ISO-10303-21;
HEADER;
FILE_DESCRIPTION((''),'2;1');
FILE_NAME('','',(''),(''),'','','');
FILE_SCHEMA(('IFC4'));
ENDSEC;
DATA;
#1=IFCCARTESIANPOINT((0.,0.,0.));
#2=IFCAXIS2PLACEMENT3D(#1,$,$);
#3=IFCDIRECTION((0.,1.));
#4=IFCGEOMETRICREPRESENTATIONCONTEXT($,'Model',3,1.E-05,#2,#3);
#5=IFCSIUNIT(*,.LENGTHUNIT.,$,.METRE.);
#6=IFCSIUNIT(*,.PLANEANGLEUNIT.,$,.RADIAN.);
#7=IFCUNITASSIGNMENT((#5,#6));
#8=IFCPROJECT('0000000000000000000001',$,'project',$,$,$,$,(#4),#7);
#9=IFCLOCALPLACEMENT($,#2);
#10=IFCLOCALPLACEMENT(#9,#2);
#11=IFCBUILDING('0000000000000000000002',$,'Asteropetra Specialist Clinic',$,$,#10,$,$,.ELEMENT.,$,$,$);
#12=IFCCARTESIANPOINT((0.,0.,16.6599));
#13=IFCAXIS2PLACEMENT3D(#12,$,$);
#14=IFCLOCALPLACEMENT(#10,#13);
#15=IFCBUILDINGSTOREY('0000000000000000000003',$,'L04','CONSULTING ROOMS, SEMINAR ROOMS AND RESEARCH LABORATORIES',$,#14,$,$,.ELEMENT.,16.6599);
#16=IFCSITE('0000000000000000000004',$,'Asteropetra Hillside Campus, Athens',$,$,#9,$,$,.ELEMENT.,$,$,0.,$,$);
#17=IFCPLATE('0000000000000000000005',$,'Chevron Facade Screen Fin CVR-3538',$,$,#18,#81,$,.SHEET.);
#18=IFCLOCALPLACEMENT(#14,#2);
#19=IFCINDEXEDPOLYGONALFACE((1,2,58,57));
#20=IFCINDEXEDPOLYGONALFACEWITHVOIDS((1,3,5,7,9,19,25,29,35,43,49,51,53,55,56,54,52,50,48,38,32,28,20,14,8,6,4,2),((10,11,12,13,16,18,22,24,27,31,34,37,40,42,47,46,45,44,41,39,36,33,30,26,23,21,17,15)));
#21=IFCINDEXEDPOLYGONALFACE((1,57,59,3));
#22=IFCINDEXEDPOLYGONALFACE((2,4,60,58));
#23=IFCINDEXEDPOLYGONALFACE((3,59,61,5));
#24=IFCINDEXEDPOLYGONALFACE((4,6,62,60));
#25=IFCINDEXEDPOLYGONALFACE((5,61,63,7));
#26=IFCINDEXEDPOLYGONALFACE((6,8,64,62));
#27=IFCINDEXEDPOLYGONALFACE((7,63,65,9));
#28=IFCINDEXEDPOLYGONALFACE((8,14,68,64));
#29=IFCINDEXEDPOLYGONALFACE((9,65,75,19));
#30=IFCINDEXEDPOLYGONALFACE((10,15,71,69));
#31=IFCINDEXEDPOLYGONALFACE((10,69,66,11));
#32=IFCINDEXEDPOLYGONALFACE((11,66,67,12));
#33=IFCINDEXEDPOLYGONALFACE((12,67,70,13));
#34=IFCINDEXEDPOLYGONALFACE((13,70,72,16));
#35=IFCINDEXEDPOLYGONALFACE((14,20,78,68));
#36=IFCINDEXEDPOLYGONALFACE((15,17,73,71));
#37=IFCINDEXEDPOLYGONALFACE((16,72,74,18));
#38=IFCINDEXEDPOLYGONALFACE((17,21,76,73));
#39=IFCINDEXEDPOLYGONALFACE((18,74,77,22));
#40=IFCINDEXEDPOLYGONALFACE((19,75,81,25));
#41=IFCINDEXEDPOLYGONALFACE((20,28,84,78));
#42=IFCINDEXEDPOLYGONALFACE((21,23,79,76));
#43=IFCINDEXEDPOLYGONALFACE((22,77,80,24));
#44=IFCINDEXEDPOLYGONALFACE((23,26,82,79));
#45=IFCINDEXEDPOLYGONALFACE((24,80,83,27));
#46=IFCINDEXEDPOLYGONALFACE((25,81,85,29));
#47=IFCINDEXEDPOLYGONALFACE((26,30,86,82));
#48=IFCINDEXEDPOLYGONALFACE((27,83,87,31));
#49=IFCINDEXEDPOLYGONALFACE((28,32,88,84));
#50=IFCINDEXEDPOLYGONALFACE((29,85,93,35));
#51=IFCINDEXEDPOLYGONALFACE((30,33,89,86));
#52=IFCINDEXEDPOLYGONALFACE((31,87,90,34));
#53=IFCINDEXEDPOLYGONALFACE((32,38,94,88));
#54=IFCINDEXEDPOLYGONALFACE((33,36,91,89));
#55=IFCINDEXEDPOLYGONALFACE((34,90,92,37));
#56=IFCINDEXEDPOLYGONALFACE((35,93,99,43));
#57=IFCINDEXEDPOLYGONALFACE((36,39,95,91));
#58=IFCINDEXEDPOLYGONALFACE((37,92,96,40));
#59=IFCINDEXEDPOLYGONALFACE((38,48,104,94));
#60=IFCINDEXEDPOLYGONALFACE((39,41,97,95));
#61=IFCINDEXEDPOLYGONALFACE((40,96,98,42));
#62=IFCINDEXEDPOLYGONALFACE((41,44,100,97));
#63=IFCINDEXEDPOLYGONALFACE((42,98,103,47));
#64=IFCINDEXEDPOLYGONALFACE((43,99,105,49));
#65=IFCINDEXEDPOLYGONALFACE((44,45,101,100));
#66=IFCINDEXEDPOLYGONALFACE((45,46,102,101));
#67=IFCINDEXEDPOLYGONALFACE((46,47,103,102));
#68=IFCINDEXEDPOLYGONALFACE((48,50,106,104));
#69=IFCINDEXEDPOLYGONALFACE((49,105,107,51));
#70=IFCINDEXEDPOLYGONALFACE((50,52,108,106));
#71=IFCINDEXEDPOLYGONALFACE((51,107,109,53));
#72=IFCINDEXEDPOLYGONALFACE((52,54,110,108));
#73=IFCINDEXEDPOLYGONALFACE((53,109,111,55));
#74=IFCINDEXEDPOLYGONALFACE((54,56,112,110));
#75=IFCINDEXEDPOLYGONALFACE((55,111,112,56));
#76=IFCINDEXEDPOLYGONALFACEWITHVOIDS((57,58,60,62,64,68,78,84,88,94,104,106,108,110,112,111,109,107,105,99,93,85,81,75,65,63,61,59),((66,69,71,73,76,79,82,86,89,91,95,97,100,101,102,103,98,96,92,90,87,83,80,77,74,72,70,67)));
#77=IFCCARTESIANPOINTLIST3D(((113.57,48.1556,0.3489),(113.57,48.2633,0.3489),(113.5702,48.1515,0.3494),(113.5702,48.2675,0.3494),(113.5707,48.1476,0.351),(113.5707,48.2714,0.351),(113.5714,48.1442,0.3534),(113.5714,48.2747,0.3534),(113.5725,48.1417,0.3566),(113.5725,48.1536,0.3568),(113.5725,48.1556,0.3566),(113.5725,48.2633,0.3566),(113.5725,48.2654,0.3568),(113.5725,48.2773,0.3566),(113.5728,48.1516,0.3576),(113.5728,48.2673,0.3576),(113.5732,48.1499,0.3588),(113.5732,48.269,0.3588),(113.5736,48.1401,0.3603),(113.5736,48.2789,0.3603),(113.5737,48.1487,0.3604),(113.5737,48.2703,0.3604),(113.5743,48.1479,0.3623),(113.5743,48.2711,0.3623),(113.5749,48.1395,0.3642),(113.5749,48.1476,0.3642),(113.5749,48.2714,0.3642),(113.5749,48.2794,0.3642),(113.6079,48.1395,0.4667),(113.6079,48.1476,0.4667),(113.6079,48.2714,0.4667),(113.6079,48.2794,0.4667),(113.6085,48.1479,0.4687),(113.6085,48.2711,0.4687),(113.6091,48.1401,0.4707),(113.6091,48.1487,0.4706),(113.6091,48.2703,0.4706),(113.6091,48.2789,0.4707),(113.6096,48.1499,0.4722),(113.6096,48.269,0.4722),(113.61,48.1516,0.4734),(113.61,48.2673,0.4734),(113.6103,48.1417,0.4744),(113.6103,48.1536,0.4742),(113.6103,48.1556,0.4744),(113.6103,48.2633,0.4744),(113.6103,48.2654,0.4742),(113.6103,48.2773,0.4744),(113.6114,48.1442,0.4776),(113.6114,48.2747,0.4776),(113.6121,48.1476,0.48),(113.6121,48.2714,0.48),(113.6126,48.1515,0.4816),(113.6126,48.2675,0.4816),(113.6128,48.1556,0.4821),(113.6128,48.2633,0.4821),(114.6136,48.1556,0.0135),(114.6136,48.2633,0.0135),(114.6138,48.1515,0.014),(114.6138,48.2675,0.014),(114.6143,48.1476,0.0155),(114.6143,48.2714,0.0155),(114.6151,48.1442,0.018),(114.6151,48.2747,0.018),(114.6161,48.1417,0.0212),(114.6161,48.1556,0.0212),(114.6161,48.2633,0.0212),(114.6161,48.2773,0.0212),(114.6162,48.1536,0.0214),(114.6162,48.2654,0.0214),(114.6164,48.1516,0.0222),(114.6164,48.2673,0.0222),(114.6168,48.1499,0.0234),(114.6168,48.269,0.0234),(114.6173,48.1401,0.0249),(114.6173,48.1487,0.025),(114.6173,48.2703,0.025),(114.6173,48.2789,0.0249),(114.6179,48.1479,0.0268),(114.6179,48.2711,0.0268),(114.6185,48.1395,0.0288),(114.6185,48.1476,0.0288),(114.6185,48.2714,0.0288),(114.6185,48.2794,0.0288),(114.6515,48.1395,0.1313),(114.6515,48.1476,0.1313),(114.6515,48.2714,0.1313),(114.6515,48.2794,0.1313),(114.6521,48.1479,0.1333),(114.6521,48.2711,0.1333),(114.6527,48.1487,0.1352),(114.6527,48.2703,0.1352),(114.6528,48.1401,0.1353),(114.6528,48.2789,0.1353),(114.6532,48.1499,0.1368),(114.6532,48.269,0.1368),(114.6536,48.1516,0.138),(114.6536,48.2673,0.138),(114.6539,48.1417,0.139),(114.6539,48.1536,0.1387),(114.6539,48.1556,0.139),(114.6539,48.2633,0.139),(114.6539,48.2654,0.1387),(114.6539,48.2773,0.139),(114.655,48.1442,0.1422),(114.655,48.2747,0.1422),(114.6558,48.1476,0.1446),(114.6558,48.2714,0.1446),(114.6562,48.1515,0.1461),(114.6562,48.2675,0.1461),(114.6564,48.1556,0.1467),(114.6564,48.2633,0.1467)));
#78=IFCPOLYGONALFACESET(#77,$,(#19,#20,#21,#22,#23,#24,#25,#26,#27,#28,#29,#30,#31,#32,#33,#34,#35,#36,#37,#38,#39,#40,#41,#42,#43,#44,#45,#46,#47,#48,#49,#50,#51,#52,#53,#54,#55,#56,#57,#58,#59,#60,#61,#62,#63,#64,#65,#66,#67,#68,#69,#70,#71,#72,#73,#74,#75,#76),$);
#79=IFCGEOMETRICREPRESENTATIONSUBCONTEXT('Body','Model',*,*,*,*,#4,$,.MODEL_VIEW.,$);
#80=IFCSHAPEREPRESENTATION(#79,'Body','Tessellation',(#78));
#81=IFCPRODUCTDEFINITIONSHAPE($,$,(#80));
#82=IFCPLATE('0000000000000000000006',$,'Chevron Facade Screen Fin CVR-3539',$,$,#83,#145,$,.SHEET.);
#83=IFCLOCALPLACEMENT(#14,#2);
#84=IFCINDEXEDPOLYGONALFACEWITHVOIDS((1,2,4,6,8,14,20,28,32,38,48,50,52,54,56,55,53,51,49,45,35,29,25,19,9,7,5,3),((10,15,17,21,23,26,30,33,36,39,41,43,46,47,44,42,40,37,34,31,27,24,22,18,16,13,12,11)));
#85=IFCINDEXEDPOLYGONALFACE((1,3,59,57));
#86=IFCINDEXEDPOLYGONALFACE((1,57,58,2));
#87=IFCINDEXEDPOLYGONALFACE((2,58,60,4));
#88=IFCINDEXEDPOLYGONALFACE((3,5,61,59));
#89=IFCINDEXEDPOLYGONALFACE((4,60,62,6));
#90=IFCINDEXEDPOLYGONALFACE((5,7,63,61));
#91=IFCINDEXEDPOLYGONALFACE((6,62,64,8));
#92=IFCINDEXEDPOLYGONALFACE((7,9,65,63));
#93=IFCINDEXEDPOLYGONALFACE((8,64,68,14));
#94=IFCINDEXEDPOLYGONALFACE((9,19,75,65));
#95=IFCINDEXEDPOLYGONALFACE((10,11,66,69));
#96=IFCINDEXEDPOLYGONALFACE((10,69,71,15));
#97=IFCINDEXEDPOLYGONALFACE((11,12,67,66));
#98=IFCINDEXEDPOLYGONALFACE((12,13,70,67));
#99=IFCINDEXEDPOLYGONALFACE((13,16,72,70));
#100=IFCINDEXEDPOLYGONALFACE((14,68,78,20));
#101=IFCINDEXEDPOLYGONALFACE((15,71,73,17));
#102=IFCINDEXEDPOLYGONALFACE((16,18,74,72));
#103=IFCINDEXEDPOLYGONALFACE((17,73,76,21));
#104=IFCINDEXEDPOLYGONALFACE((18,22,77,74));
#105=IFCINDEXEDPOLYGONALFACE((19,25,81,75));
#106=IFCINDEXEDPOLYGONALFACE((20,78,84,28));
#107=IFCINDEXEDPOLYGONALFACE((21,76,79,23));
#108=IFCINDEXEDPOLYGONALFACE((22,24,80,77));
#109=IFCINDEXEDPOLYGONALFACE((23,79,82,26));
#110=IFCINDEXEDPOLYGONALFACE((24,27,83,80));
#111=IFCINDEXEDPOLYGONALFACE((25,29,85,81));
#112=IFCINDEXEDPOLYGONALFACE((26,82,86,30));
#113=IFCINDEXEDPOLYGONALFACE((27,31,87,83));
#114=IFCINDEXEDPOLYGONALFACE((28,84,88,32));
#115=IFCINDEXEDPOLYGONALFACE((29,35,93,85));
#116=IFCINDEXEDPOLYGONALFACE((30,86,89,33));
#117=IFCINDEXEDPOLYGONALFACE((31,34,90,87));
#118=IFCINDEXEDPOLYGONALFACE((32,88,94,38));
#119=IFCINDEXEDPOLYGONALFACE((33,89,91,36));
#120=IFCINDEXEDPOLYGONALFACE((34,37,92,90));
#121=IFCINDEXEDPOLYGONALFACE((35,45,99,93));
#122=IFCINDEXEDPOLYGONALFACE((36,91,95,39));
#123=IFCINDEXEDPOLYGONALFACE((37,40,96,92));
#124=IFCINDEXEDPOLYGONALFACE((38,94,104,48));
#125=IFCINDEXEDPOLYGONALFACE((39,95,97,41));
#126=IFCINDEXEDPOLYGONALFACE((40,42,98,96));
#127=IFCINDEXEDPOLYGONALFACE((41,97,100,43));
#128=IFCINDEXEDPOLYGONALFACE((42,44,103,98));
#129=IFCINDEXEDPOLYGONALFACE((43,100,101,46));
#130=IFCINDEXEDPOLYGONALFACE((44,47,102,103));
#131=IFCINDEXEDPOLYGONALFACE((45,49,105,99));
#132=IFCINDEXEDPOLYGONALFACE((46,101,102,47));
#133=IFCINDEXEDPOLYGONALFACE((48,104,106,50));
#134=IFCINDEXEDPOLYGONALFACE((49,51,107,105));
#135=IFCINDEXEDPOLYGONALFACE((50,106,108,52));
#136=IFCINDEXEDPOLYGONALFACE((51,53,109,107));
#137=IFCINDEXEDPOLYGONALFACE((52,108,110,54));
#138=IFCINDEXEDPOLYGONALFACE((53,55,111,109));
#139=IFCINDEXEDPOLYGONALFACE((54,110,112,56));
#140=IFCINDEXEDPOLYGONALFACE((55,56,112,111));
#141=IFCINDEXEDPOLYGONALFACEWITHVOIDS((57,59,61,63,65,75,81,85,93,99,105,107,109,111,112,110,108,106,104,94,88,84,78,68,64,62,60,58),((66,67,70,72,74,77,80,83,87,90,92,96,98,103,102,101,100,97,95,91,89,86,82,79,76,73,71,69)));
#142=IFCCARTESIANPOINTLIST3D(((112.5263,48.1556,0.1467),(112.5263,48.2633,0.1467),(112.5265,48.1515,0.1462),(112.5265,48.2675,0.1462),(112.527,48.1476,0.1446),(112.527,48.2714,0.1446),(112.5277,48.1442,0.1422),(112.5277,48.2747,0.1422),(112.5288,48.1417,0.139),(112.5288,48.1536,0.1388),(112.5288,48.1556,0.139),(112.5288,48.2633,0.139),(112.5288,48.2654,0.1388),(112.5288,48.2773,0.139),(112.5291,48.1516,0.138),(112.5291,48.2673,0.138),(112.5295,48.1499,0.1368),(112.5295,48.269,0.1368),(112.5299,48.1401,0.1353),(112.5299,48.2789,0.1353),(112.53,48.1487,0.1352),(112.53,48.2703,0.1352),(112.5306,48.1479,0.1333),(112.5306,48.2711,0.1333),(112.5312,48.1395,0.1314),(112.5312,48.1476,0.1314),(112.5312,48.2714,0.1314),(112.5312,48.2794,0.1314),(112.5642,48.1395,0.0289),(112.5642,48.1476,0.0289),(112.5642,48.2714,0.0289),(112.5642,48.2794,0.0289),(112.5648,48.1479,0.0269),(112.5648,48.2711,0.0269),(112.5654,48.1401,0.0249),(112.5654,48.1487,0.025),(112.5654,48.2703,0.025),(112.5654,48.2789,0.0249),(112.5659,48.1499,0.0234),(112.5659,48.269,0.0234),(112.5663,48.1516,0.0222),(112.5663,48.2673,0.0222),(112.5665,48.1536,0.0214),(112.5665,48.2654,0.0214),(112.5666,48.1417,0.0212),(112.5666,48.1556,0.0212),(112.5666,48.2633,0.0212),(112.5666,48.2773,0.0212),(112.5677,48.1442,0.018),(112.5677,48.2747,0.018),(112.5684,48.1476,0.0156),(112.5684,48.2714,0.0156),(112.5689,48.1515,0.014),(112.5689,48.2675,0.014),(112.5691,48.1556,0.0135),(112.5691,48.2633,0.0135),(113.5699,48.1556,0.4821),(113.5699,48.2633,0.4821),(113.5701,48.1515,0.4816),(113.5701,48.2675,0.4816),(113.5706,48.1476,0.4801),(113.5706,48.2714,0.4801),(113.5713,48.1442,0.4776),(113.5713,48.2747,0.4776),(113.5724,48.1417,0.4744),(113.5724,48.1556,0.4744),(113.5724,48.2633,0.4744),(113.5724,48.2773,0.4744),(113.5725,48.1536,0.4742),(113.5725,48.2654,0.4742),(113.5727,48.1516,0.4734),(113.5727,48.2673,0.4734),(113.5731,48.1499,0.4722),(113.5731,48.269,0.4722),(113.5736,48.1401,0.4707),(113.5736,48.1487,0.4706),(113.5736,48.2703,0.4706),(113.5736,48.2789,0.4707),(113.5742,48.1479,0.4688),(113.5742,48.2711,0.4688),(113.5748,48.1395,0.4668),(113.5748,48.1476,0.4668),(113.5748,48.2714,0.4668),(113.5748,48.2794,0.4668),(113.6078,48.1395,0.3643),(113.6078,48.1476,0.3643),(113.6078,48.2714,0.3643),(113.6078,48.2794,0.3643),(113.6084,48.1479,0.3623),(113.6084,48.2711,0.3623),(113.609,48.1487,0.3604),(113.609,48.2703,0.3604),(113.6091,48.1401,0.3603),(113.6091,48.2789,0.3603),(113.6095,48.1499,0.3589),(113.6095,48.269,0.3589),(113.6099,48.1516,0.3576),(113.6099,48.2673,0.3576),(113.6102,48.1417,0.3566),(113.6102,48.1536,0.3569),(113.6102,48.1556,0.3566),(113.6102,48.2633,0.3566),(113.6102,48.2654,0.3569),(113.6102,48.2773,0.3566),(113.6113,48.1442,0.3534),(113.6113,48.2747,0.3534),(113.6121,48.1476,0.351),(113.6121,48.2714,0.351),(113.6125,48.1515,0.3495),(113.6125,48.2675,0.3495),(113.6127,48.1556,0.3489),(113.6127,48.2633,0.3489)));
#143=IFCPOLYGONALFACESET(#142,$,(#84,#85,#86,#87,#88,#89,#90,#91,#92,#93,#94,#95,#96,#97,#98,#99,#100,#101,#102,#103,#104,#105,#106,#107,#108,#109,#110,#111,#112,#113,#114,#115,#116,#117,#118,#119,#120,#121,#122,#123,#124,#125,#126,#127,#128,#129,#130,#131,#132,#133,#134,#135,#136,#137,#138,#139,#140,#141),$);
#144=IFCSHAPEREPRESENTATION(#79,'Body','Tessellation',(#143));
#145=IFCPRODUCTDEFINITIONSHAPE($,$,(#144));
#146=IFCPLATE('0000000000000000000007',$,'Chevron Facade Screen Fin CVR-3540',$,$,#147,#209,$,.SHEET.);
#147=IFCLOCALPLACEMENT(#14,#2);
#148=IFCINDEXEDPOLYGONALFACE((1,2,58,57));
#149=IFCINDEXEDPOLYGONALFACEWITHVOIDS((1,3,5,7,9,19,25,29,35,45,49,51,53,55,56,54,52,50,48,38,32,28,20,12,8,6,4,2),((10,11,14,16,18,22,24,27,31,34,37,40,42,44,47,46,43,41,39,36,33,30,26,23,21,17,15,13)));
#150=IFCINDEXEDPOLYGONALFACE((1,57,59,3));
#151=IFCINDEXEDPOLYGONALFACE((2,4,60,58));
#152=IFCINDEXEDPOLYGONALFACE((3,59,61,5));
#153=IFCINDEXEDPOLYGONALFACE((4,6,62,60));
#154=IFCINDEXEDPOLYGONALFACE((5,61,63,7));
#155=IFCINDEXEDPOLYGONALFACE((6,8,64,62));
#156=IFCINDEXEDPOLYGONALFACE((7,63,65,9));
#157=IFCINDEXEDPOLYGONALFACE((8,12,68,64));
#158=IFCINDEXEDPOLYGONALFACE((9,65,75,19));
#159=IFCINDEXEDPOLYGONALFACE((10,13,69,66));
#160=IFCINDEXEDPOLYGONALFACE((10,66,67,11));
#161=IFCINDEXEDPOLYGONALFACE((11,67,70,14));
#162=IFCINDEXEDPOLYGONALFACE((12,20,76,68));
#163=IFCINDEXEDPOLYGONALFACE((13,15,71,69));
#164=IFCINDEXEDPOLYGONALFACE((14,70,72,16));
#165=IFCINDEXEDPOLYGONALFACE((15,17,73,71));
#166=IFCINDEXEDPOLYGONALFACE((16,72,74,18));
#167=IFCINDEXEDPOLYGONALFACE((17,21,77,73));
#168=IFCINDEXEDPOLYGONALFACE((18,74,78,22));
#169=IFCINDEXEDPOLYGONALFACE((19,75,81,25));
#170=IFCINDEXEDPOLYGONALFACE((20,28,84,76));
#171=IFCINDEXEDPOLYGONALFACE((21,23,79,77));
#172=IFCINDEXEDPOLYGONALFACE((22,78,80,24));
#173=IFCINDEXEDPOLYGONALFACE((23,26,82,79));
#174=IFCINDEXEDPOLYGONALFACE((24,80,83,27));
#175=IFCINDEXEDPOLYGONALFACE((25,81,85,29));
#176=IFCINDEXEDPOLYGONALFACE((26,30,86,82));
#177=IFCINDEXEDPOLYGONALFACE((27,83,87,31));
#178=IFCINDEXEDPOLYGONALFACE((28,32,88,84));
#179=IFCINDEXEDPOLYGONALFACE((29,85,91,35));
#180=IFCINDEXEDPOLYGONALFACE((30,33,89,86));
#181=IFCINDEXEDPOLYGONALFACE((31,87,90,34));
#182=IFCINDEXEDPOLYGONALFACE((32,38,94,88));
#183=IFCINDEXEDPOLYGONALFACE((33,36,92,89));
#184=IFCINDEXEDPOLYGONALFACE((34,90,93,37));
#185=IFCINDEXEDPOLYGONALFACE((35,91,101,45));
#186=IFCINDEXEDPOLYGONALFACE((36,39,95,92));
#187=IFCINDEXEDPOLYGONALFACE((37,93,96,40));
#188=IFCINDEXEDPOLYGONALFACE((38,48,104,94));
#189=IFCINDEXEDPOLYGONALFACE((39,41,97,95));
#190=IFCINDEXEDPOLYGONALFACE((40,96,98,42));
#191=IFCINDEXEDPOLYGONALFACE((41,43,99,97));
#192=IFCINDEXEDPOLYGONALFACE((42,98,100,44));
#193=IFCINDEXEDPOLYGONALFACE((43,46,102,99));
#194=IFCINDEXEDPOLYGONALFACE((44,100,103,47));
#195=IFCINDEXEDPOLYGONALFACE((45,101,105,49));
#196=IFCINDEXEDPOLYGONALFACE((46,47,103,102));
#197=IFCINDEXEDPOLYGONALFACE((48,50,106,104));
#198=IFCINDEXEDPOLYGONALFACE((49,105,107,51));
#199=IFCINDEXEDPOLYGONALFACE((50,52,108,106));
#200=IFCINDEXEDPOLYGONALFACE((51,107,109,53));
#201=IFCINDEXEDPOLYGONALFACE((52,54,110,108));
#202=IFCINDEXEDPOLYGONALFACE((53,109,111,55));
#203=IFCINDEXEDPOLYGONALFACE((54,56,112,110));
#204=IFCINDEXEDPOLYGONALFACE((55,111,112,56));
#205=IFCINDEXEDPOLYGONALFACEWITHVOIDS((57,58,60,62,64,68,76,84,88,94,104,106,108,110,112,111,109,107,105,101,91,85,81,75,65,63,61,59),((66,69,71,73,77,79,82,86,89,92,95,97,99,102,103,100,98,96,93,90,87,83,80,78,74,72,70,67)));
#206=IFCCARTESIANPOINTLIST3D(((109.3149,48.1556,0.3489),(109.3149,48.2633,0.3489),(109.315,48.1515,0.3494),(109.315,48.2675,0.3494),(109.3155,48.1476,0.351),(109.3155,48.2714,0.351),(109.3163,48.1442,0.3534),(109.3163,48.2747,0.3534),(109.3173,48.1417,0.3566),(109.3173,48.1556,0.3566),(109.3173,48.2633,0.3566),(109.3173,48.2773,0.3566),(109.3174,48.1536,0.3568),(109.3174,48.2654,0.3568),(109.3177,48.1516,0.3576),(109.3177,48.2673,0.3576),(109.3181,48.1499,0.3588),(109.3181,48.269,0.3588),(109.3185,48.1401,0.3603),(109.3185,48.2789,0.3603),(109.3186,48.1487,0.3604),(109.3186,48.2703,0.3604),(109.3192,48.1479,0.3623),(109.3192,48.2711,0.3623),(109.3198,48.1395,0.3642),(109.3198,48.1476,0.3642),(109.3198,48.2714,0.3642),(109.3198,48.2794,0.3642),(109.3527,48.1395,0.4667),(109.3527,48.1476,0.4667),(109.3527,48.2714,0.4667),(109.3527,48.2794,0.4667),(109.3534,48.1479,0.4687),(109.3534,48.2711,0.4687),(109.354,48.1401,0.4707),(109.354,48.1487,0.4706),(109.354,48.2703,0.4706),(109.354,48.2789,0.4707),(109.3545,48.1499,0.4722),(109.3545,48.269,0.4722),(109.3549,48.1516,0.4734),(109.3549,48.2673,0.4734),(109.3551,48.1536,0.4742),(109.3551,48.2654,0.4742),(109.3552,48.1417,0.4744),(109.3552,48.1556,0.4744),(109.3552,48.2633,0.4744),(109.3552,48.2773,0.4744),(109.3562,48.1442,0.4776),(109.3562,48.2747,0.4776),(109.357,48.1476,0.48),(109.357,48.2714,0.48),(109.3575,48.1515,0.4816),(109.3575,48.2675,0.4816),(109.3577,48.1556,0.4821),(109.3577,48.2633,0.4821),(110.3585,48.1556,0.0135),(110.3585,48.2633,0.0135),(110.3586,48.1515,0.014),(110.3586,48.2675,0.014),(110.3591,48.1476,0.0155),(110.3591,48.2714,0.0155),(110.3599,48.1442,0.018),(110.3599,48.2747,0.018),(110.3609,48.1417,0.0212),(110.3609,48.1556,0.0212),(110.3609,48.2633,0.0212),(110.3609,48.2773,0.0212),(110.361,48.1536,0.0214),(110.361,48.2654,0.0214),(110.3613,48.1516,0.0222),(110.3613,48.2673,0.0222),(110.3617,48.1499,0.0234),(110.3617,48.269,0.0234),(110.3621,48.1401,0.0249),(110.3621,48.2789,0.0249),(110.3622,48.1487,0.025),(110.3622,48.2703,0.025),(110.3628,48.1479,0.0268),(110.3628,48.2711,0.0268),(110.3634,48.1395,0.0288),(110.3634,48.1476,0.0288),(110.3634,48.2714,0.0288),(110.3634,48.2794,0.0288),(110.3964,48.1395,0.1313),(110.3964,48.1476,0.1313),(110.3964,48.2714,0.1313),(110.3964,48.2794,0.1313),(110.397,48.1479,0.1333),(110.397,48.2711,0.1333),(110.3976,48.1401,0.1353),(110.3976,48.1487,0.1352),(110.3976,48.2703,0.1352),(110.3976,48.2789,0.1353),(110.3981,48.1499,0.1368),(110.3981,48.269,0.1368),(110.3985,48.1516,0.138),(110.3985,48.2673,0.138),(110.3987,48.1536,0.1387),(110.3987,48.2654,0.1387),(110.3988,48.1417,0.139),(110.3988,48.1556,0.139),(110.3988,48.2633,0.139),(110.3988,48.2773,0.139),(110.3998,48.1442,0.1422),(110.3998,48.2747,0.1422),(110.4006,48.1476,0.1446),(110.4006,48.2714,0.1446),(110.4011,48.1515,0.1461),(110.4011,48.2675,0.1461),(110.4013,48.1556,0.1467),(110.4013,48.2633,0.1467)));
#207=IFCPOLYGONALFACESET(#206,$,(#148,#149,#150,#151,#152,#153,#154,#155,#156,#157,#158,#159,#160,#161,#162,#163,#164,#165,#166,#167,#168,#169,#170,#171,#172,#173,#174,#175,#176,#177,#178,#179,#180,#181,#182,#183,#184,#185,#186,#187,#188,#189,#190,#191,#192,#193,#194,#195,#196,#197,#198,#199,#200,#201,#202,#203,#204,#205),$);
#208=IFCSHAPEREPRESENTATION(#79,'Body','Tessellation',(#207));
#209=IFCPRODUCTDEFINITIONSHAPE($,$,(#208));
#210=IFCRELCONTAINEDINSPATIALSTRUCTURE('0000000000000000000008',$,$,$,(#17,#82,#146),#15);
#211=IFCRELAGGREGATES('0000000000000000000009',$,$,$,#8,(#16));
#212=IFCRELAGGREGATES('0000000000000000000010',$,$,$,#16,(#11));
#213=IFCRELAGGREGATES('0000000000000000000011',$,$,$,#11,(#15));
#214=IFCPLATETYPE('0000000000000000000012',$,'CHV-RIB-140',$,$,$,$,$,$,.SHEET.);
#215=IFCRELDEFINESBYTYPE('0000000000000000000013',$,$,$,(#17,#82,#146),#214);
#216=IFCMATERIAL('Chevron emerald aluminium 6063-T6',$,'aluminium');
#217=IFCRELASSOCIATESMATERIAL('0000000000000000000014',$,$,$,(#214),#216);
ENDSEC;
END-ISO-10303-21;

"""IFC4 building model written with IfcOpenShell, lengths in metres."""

from ifc_helpers import new_model, si_unit, direction, frame, origin, origin_2d, place, context, subcontext, project, spatial, hollow_rectangle, extrude, material, material_profile, profile_set, type_object, element, save


model = new_model("IFC4")

# Units and contexts
model_context = context("Model", 3, precision=1e-05, world=origin(), true_north=direction((0.0, 1.0)))
body_context = subcontext(model_context, "Body", "Model", "MODEL_VIEW")
ifc_project = project(units=[si_unit("LENGTHUNIT", "METRE"), si_unit("PLANEANGLEUNIT", "RADIAN")], contexts=[model_context])

# Site, building, storey
site_placement = place(None, origin())
site = spatial("IfcSite", under=ifc_project, at=site_placement, Name="Asteropetra Hillside Campus, Athens", CompositionType="ELEMENT", RefElevation=0.0)
building_placement = place(site_placement, origin())
building = spatial("IfcBuilding", under=site, at=building_placement, Name="Asteropetra Specialist Clinic", CompositionType="ELEMENT")
storey_placement = place(building_placement, frame((0.0, 0.0, 16.6599)))
storey = spatial("IfcBuildingStorey", under=building, at=storey_placement, Name="L04", Description="CONSULTING ROOMS, SEMINAR ROOMS AND RESEARCH LABORATORIES", CompositionType="ELEMENT", Elevation=16.6599)

# Plates
ifc_material_1 = material(Name="Chevron emerald aluminium 6063-T6", Category="aluminium")
ifc_material_profile_1 = material_profile(ifc_material_1, hollow_rectangle(XDim=0.1399, YDim=0.1399, WallThickness=0.0081, InnerFilletRadius=0.0081, OuterFilletRadius=0.0161, at=origin_2d()), Name="SHS 140x140x8.0")
ifc_profile_set_1 = profile_set([ifc_material_profile_1], Name="Chevron emerald aluminium 6063-T6")
plate_type = type_object("IfcPlateType", Name="CHV-RIB-140", PredefinedType="SHEET", material=ifc_profile_set_1)
for number, where, z_axis, x_axis, name in (
    (1, (114.635, 48.2095, 0.0801), (-0.952036, 0.0, 0.305988), (0.0, -1.0, 0.0), "Chevron Facade Screen Fin CVR-3538"),
    (2, (113.5913, 48.2095, 0.4155), (-0.952036, 0.0, -0.305988), (0.0, -1.0, 0.0), "Chevron Facade Screen Fin CVR-3539"),
    (3, (110.3799, 48.2095, 0.0801), (-0.952036, 0.0, 0.305988), (0.0, -1.0, 0.0), "Chevron Facade Screen Fin CVR-3540"),
):
    element("IfcPlate", number, at=place(storey_placement, frame(where, z_axis=z_axis, x_axis=x_axis)), inside=storey, type_object=plate_type, Name=name, PredefinedType="SHEET", context=body_context, shape_type="SweptSolid", body=[
        extrude(hollow_rectangle(XDim=0.1399, YDim=0.1399, WallThickness=0.0081, InnerFilletRadius=0.0081, OuterFilletRadius=0.0161, at=origin_2d()), origin(), (0.0, 0.0, 1.0), 1.0962),
    ])

save(model, "model.ifc")
